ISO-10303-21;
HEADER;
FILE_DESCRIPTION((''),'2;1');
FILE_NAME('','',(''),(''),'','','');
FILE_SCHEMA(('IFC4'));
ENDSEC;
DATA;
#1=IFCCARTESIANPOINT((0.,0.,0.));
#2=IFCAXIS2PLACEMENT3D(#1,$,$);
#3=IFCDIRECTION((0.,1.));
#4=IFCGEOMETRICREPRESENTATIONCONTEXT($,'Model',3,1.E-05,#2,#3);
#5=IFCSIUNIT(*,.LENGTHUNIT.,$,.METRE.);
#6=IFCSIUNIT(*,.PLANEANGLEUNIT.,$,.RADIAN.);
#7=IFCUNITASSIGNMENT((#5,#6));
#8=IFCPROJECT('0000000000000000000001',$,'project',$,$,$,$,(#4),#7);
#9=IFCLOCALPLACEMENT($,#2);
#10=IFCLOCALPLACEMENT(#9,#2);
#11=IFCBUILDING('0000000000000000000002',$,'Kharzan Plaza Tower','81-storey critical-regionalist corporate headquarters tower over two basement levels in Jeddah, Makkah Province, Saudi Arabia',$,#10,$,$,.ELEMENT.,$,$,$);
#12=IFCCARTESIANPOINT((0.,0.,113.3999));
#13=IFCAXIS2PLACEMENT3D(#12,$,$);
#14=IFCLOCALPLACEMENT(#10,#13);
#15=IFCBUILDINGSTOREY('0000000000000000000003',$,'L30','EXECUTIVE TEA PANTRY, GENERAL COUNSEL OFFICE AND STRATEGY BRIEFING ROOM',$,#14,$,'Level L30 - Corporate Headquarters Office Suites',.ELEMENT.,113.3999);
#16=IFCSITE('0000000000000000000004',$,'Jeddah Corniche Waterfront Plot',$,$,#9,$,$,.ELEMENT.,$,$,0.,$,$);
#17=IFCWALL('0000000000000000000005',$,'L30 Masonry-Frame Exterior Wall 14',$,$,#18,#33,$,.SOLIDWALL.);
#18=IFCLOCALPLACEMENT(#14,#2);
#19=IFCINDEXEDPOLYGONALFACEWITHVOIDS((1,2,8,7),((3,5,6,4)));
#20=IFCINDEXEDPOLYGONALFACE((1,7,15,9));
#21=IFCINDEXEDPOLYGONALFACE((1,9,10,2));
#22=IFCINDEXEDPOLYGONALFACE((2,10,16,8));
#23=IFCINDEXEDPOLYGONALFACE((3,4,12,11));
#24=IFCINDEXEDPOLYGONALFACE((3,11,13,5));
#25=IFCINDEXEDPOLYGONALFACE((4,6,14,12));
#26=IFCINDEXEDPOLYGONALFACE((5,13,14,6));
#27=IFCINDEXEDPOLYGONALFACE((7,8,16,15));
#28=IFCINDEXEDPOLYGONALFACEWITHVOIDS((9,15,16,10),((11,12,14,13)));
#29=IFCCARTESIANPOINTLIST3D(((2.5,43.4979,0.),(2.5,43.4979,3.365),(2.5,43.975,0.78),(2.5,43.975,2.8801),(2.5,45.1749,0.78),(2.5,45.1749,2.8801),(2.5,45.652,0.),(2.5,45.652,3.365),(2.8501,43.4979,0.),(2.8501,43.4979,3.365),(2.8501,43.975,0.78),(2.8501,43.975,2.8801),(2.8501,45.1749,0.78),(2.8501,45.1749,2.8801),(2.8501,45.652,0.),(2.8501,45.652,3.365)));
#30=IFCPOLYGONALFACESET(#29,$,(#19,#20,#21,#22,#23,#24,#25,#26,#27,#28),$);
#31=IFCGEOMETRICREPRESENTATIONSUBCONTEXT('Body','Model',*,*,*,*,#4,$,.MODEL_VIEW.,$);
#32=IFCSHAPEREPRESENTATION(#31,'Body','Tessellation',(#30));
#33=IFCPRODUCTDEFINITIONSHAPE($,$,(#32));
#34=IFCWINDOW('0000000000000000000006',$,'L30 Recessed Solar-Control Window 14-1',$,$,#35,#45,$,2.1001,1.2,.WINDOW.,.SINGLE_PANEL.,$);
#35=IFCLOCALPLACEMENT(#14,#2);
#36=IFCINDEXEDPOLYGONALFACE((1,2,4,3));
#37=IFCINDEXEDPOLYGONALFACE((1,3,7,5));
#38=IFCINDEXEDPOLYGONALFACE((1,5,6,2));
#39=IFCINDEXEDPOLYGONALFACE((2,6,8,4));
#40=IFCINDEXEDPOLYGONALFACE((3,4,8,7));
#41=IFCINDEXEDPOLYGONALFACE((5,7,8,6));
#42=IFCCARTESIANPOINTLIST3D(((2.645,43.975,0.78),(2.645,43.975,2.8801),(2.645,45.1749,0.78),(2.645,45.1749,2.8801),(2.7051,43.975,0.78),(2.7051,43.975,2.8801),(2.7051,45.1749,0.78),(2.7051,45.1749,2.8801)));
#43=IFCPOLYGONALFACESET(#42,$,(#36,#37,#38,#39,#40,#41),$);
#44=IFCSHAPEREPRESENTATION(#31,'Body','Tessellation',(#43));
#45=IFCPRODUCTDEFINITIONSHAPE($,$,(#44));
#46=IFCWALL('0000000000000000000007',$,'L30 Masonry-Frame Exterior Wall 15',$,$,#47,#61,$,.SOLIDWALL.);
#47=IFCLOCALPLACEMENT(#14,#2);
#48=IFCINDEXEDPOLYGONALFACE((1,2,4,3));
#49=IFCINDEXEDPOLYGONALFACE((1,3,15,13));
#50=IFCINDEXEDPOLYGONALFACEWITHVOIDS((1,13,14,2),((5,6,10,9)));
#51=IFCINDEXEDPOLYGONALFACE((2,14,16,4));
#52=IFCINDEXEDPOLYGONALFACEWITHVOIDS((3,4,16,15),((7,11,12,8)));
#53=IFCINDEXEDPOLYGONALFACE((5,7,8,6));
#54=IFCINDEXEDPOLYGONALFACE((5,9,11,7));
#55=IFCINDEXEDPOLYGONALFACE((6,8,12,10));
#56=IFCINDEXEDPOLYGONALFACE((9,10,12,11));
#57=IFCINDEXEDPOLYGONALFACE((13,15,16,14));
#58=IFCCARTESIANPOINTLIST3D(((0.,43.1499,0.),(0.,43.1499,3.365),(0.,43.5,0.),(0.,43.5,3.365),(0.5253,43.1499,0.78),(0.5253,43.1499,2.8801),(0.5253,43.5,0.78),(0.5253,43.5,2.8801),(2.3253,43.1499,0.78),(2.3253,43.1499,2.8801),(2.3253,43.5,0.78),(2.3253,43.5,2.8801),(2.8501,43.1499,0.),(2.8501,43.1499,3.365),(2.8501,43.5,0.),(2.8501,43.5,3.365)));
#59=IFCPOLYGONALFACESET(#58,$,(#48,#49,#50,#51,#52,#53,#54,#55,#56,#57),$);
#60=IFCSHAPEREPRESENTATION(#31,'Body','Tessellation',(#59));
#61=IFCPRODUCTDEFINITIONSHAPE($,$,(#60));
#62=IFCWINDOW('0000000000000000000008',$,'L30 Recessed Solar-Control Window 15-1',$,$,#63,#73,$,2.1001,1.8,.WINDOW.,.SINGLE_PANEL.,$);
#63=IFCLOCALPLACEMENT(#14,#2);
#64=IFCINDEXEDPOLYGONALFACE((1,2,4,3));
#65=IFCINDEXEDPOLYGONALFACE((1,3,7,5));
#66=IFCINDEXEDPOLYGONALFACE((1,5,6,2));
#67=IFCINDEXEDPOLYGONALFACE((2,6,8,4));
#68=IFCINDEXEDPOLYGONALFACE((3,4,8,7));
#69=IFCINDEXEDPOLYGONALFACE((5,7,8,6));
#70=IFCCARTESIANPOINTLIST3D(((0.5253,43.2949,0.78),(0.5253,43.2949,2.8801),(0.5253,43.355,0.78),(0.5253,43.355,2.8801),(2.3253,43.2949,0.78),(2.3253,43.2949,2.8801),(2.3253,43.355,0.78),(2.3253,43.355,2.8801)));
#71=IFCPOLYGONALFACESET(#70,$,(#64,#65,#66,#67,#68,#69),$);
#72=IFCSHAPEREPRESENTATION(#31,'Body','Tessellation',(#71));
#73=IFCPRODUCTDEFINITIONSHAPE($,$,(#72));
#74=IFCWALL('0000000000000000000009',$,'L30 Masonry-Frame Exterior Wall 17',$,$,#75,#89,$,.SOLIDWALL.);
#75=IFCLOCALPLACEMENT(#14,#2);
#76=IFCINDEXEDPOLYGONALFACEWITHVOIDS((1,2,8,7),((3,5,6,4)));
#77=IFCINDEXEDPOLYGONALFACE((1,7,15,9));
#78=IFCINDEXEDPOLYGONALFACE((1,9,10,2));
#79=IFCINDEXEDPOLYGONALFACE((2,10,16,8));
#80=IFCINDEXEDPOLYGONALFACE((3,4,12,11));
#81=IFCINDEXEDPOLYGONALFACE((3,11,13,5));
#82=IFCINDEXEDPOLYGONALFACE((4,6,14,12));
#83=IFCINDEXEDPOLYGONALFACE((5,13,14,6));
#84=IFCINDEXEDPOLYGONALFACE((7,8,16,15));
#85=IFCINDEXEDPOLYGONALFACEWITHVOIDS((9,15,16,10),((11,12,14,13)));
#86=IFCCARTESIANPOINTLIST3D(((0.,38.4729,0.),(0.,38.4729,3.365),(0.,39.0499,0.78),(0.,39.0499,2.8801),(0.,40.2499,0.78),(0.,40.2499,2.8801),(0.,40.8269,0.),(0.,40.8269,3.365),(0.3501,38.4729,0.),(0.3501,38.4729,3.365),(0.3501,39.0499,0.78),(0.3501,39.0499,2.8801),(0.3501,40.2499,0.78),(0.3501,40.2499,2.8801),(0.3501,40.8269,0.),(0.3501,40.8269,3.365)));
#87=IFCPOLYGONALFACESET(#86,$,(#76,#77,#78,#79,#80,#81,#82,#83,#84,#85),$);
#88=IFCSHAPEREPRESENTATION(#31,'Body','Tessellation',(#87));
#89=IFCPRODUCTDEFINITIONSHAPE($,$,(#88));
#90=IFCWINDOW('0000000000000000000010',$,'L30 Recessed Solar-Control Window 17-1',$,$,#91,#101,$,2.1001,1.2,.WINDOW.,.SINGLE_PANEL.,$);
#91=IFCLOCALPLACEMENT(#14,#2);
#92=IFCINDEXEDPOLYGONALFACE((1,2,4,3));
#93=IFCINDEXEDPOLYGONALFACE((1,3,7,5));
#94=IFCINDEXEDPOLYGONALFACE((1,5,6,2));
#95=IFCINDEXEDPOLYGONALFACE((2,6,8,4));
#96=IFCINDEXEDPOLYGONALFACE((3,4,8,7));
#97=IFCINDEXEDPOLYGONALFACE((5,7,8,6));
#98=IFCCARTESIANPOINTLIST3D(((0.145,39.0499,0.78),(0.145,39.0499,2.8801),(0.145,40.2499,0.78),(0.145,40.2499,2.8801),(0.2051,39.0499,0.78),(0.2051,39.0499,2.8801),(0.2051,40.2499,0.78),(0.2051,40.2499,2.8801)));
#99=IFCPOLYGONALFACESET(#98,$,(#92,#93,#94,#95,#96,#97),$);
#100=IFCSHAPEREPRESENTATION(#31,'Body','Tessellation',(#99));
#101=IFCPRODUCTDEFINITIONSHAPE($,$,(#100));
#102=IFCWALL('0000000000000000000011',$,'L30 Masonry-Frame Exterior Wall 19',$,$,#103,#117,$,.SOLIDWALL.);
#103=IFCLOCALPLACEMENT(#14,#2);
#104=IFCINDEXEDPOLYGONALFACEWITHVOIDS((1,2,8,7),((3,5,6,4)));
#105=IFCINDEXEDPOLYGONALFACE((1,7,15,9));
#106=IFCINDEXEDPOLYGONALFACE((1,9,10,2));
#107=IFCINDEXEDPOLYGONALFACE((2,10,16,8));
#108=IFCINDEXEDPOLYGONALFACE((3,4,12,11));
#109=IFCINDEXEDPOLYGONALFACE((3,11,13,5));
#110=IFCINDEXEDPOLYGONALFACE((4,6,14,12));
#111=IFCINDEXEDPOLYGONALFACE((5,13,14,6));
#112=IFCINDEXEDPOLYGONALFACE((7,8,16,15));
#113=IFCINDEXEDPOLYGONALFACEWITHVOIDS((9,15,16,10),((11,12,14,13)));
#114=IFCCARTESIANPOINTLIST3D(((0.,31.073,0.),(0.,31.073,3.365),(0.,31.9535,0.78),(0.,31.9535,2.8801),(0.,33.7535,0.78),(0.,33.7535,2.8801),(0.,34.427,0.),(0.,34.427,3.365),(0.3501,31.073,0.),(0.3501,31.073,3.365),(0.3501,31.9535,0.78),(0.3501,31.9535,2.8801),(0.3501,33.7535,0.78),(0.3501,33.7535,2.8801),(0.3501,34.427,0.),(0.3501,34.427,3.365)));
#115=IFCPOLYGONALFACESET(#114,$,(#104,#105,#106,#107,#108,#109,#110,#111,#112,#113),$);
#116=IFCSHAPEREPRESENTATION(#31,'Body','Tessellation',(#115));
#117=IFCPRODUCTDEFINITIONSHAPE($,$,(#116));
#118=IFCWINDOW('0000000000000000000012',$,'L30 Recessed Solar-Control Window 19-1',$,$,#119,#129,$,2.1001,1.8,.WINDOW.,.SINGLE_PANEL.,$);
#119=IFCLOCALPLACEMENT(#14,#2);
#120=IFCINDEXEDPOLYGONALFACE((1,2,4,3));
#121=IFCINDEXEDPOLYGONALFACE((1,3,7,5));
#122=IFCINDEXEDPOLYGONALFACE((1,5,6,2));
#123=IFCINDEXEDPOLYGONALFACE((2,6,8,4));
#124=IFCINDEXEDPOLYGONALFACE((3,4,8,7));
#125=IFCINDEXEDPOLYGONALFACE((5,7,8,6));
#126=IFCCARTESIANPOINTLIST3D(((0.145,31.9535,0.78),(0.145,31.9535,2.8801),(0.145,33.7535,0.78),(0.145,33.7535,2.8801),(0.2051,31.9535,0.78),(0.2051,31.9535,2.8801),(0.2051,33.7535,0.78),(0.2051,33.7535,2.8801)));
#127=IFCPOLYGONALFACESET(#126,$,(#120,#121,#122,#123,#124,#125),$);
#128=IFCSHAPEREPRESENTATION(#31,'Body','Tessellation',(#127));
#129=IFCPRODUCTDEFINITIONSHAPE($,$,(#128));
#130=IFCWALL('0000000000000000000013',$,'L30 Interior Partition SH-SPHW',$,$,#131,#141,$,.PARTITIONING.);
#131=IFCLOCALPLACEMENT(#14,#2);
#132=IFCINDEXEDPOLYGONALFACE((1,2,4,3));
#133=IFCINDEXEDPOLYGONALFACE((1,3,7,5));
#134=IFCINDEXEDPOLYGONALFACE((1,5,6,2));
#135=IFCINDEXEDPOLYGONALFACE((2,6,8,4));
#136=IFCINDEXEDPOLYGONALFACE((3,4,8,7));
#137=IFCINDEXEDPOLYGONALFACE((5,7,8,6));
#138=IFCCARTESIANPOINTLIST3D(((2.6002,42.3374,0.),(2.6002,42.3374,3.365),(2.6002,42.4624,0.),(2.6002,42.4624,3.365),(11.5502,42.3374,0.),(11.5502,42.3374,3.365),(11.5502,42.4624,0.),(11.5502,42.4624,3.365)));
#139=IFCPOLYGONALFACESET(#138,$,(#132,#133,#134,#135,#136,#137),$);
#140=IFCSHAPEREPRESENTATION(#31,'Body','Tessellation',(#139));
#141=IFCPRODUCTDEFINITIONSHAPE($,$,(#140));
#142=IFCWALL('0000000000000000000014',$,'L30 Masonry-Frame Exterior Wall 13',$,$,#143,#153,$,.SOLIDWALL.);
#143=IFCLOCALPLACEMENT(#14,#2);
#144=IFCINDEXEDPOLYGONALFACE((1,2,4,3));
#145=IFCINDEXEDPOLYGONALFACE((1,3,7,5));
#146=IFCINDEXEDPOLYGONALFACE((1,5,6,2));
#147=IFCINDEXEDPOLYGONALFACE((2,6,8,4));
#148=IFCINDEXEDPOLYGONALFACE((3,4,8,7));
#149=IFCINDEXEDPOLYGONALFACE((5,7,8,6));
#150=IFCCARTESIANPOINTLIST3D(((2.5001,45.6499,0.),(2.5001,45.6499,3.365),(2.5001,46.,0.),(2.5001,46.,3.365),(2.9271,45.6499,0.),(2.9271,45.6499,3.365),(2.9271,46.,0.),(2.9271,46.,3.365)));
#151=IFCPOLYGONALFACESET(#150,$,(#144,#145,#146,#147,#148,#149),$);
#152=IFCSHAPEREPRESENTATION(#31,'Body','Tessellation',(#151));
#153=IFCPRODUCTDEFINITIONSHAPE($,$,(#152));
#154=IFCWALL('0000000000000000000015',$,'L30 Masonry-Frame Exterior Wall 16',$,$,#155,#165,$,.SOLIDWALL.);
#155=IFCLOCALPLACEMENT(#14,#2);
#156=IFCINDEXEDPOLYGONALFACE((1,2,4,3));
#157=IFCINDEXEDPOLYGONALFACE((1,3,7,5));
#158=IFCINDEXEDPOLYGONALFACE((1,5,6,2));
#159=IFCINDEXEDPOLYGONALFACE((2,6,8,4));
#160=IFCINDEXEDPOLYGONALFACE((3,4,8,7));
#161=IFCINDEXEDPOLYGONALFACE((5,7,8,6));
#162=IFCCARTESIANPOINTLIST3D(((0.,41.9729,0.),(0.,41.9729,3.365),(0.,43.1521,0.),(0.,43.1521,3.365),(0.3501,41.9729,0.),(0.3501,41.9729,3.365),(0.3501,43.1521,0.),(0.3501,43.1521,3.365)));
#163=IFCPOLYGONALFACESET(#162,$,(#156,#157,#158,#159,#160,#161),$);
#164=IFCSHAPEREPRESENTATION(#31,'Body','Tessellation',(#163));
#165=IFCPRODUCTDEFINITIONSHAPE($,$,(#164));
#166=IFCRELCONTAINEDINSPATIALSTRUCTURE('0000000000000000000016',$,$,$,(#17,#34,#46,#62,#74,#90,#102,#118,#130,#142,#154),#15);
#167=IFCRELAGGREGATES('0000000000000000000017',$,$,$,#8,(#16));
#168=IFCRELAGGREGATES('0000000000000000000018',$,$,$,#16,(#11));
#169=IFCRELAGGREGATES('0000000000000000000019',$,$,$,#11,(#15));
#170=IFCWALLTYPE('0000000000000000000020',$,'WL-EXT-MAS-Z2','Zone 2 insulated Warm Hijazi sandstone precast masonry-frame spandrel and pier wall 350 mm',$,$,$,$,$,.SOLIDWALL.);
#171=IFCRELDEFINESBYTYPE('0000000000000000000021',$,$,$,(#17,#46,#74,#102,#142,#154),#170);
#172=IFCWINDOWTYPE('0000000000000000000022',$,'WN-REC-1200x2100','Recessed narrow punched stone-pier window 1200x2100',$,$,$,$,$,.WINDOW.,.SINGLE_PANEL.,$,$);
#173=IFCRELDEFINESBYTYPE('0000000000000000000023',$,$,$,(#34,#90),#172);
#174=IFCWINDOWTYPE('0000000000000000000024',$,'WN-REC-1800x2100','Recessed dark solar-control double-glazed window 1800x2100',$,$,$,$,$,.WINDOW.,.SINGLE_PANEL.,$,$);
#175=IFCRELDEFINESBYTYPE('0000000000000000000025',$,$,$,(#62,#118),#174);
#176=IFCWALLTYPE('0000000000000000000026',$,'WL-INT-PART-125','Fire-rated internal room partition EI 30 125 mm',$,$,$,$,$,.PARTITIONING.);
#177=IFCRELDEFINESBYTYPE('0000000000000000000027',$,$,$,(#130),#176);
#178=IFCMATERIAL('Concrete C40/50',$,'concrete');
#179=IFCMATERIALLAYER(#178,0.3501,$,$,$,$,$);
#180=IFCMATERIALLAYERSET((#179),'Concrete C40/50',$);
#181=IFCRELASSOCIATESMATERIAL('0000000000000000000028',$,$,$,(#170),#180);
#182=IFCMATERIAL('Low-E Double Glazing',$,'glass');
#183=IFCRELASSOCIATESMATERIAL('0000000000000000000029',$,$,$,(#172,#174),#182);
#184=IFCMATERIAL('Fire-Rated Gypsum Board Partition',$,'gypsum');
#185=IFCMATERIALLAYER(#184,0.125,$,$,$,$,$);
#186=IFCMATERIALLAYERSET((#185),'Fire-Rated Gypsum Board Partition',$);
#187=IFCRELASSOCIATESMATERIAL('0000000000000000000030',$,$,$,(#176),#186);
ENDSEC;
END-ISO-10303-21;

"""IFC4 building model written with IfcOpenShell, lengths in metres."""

from ifc_helpers import new_model, si_unit, direction, frame, frame_2d, origin, place, context, subcontext, project, spatial, rectangle, extrude, source, transform, mapped, material, layer, layer_set, type_object, element, fill, save


model = new_model("IFC4")

# Units and contexts
model_context = context("Model", 3, precision=1e-05, world=origin(), true_north=direction((0.0, 1.0)))
body_context = subcontext(model_context, "Body", "Model", "MODEL_VIEW")
ifc_project = project(units=[si_unit("LENGTHUNIT", "METRE"), si_unit("PLANEANGLEUNIT", "RADIAN")], contexts=[model_context])

# Site, building, storey
site_placement = place(None, origin())
site = spatial("IfcSite", under=ifc_project, at=site_placement, Name="Jeddah Corniche Waterfront Plot", CompositionType="ELEMENT", RefElevation=0.0)
building_placement = place(site_placement, origin())
building = spatial("IfcBuilding", under=site, at=building_placement, Name="Kharzan Plaza Tower", Description="81-storey critical-regionalist corporate headquarters tower over two basement levels in Jeddah, Makkah Province, Saudi Arabia", CompositionType="ELEMENT")
storey_placement = place(building_placement, frame((0.0, 0.0, 113.3999)))
storey = spatial("IfcBuildingStorey", under=building, at=storey_placement, Name="L30", Description="EXECUTIVE TEA PANTRY, GENERAL COUNSEL OFFICE AND STRATEGY BRIEFING ROOM", LongName="Level L30 - Corporate Headquarters Office Suites", CompositionType="ELEMENT", Elevation=113.3999)

# Walls, openings, windows
ifc_material_1 = material(Name="Concrete C40/50", Category="concrete")
ifc_layer_1 = layer(ifc_material_1, 0.3501)
ifc_layer_set_1 = layer_set([ifc_layer_1], Name="Concrete C40/50")
wall_type_1 = type_object("IfcWallType", Name="WL-EXT-MAS-Z2", Description="Zone 2 insulated Warm Hijazi sandstone precast masonry-frame spandrel and pier wall 350 mm", PredefinedType="SOLIDWALL", material=ifc_layer_set_1)
wall_1_placement = place(storey_placement, frame((2.675, 45.6521, 0.0), z_axis=(0.0, 0.0, 1.0), x_axis=(0.0, -1.0, 0.0)))
wall_1 = element("IfcWall", 1, at=wall_1_placement, inside=storey, type_object=wall_type_1, Name="L30 Masonry-Frame Exterior Wall 14", PredefinedType="SOLIDWALL", context=body_context, shape_type="SweptSolid", body=[
    extrude(rectangle(XDim=2.1541, YDim=0.3501, at=frame_2d((1.0771, 0.0))), origin(), (0.0, 0.0, 1.0), 3.365),
])
opening_1_placement = place(wall_1_placement, frame((0.4771, 0.0, 0.78)))
opening_1 = element("IfcOpeningElement", 2, at=opening_1_placement, cuts=wall_1, PredefinedType="OPENING", context=body_context, shape_type="SweptSolid", body=[
    extrude(rectangle(XDim=1.2, YDim=2.1001, at=frame_2d((0.6001, 1.05))), frame((0.0, 0.1851, 0.0), z_axis=(0.0, -1.0, 0.0), x_axis=(1.0, 0.0, 0.0)), (0.0, 0.0, 1.0), 0.3701),
])
ifc_material_2 = material(Name="Low-E Double Glazing", Category="glass")
window_type_1 = type_object("IfcWindowType", Name="WN-REC-1200x2100", Description="Recessed narrow punched stone-pier window 1200x2100", PartitioningType="SINGLE_PANEL", PredefinedType="WINDOW", material=ifc_material_2)
shared_shape_1 = source(origin(), body_context, "Body", "SweptSolid", [
    extrude(rectangle(XDim=1.2, YDim=2.1001, at=frame_2d((0.6001, 1.05))), frame((0.0, 0.03, 0.0), z_axis=(0.0, -1.0, 0.0), x_axis=(1.0, 0.0, 0.0)), (0.0, 0.0, 1.0), 0.0601),
])
window_1_placement = place(opening_1_placement, origin())
window_1 = element("IfcWindow", 3, at=window_1_placement, inside=storey, type_object=window_type_1, Name="L30 Recessed Solar-Control Window 14-1", OverallHeight=2.1001, OverallWidth=1.2, PartitioningType="SINGLE_PANEL", PredefinedType="WINDOW", context=body_context, shape_type="MappedRepresentation", body=[
    mapped(shared_shape_1, transform((0.0, 0.0, 0.0), x_axis=(1.0, 0.0, 0.0), y_axis=(0.0, 1.0, 0.0), z_axis=(0.0, 0.0, 1.0))),
])
fill(opening_1, window_1)
wall_2_placement = place(storey_placement, frame((2.8501, 43.325, 0.0), z_axis=(0.0, 0.0, 1.0), x_axis=(-1.0, 0.0, 0.0)))
wall_2 = element("IfcWall", 4, at=wall_2_placement, inside=storey, type_object=wall_type_1, Name="L30 Masonry-Frame Exterior Wall 15", PredefinedType="SOLIDWALL", context=body_context, shape_type="SweptSolid", body=[
    extrude(rectangle(XDim=2.8501, YDim=0.3501, at=frame_2d((1.425, 0.0))), origin(), (0.0, 0.0, 1.0), 3.365),
])
opening_2_placement = place(wall_2_placement, frame((0.5249, 0.0, 0.78)))
opening_2 = element("IfcOpeningElement", 5, at=opening_2_placement, cuts=wall_2, PredefinedType="OPENING", context=body_context, shape_type="SweptSolid", body=[
    extrude(rectangle(XDim=1.8, YDim=2.1001, at=frame_2d((0.8999, 1.05))), frame((0.0, 0.1851, 0.0), z_axis=(0.0, -1.0, 0.0), x_axis=(1.0, 0.0, 0.0)), (0.0, 0.0, 1.0), 0.3701),
])
window_type_2 = type_object("IfcWindowType", Name="WN-REC-1800x2100", Description="Recessed dark solar-control double-glazed window 1800x2100", PartitioningType="SINGLE_PANEL", PredefinedType="WINDOW", material=ifc_material_2)
shared_shape_2 = source(origin(), body_context, "Body", "SweptSolid", [
    extrude(rectangle(XDim=1.8, YDim=2.1001, at=frame_2d((0.8999, 1.05))), frame((0.0, 0.03, 0.0), z_axis=(0.0, -1.0, 0.0), x_axis=(1.0, 0.0, 0.0)), (0.0, 0.0, 1.0), 0.0601),
])
window_2_placement = place(opening_2_placement, origin())
window_2 = element("IfcWindow", 6, at=window_2_placement, inside=storey, type_object=window_type_2, Name="L30 Recessed Solar-Control Window 15-1", OverallHeight=2.1001, OverallWidth=1.8, PartitioningType="SINGLE_PANEL", PredefinedType="WINDOW", context=body_context, shape_type="MappedRepresentation", body=[
    mapped(shared_shape_2, transform((0.0, 0.0, 0.0), x_axis=(1.0, 0.0, 0.0), y_axis=(0.0, 1.0, 0.0), z_axis=(0.0, 0.0, 1.0))),
])
fill(opening_2, window_2)
wall_3_placement = place(storey_placement, frame((0.175, 40.8269, 0.0), z_axis=(0.0, 0.0, 1.0), x_axis=(0.0, -1.0, 0.0)))
wall_3 = element("IfcWall", 7, at=wall_3_placement, inside=storey, type_object=wall_type_1, Name="L30 Masonry-Frame Exterior Wall 17", PredefinedType="SOLIDWALL", context=body_context, shape_type="SweptSolid", body=[
    extrude(rectangle(XDim=2.354, YDim=0.3501, at=frame_2d((1.177, 0.0))), origin(), (0.0, 0.0, 1.0), 3.365),
])
opening_3_placement = place(wall_3_placement, frame((0.5769, 0.0, 0.78)))
opening_3 = element("IfcOpeningElement", 8, at=opening_3_placement, cuts=wall_3, PredefinedType="OPENING", context=body_context, shape_type="SweptSolid", body=[
    extrude(rectangle(XDim=1.2, YDim=2.1001, at=frame_2d((0.6001, 1.05))), frame((0.0, 0.1851, 0.0), z_axis=(0.0, -1.0, 0.0), x_axis=(1.0, 0.0, 0.0)), (0.0, 0.0, 1.0), 0.3701),
])
window_3_placement = place(opening_3_placement, origin())
window_3 = element("IfcWindow", 9, at=window_3_placement, inside=storey, type_object=window_type_1, Name="L30 Recessed Solar-Control Window 17-1", OverallHeight=2.1001, OverallWidth=1.2, PartitioningType="SINGLE_PANEL", PredefinedType="WINDOW", context=body_context, shape_type="MappedRepresentation", body=[
    mapped(shared_shape_1, transform((0.0, 0.0, 0.0), x_axis=(1.0, 0.0, 0.0), y_axis=(0.0, 1.0, 0.0), z_axis=(0.0, 0.0, 1.0))),
])
fill(opening_3, window_3)
wall_4_placement = place(storey_placement, frame((0.175, 34.427, 0.0), z_axis=(0.0, 0.0, 1.0), x_axis=(0.0, -1.0, 0.0)))
wall_4 = element("IfcWall", 10, at=wall_4_placement, inside=storey, type_object=wall_type_1, Name="L30 Masonry-Frame Exterior Wall 19", PredefinedType="SOLIDWALL", context=body_context, shape_type="SweptSolid", body=[
    extrude(rectangle(XDim=3.354, YDim=0.3501, at=frame_2d((1.677, 0.0))), origin(), (0.0, 0.0, 1.0), 3.365),
])
opening_4_placement = place(wall_4_placement, frame((0.6736, 0.0, 0.78)))
opening_4 = element("IfcOpeningElement", 11, at=opening_4_placement, cuts=wall_4, PredefinedType="OPENING", context=body_context, shape_type="SweptSolid", body=[
    extrude(rectangle(XDim=1.8, YDim=2.1001, at=frame_2d((0.8999, 1.05))), frame((0.0, 0.1851, 0.0), z_axis=(0.0, -1.0, 0.0), x_axis=(1.0, 0.0, 0.0)), (0.0, 0.0, 1.0), 0.3701),
])
window_4_placement = place(opening_4_placement, origin())
window_4 = element("IfcWindow", 12, at=window_4_placement, inside=storey, type_object=window_type_2, Name="L30 Recessed Solar-Control Window 19-1", OverallHeight=2.1001, OverallWidth=1.8, PartitioningType="SINGLE_PANEL", PredefinedType="WINDOW", context=body_context, shape_type="MappedRepresentation", body=[
    mapped(shared_shape_2, transform((0.0, 0.0, 0.0), x_axis=(1.0, 0.0, 0.0), y_axis=(0.0, 1.0, 0.0), z_axis=(0.0, 0.0, 1.0))),
])
fill(opening_4, window_4)

# Walls
ifc_material_3 = material(Name="Fire-Rated Gypsum Board Partition", Category="gypsum")
ifc_layer_2 = layer(ifc_material_3, 0.125)
ifc_layer_set_2 = layer_set([ifc_layer_2], Name="Fire-Rated Gypsum Board Partition")
wall_type_2 = type_object("IfcWallType", Name="WL-INT-PART-125", Description="Fire-rated internal room partition EI 30 125 mm", PredefinedType="PARTITIONING", material=ifc_layer_set_2)
shared_shape_3 = source(origin(), body_context, "Body", "SweptSolid", [
    extrude(rectangle(XDim=8.95, YDim=0.125, at=frame_2d((4.4751, 0.0))), origin(), (0.0, 0.0, 1.0), 3.365),
])
wall_5_placement = place(storey_placement, frame((2.6001, 42.3999, 0.0), z_axis=(0.0, 0.0, 1.0), x_axis=(1.0, 0.0, 0.0)))
element("IfcWall", 13, at=wall_5_placement, inside=storey, type_object=wall_type_2, Name="L30 Interior Partition SH-SPHW", PredefinedType="PARTITIONING", context=body_context, shape_type="MappedRepresentation", body=[
    mapped(shared_shape_3, transform((0.0, 0.0, 0.0), x_axis=(1.0, 0.0, 0.0), y_axis=(0.0, 1.0, 0.0), z_axis=(0.0, 0.0, 1.0))),
])
shared_shape_4 = source(origin(), body_context, "Body", "SweptSolid", [
    extrude(rectangle(XDim=0.427, YDim=0.3501, at=frame_2d((0.2134, 0.0))), origin(), (0.0, 0.0, 1.0), 3.365),
])
wall_6_placement = place(storey_placement, frame((2.927, 45.825, 0.0), z_axis=(0.0, 0.0, 1.0), x_axis=(-1.0, 0.0, 0.0)))
element("IfcWall", 14, at=wall_6_placement, inside=storey, type_object=wall_type_1, Name="L30 Masonry-Frame Exterior Wall 13", PredefinedType="SOLIDWALL", context=body_context, shape_type="MappedRepresentation", body=[
    mapped(shared_shape_4, transform((0.0, 0.0, 0.0), x_axis=(1.0, 0.0, 0.0), y_axis=(0.0, 1.0, 0.0), z_axis=(0.0, 0.0, 1.0))),
])
shared_shape_5 = source(origin(), body_context, "Body", "SweptSolid", [
    extrude(rectangle(XDim=1.1792, YDim=0.3501, at=frame_2d((0.5896, 0.0))), origin(), (0.0, 0.0, 1.0), 3.365),
])
wall_7_placement = place(storey_placement, frame((0.175, 43.1521, 0.0), z_axis=(0.0, 0.0, 1.0), x_axis=(0.0, -1.0, 0.0)))
element("IfcWall", 15, at=wall_7_placement, inside=storey, type_object=wall_type_1, Name="L30 Masonry-Frame Exterior Wall 16", PredefinedType="SOLIDWALL", context=body_context, shape_type="MappedRepresentation", body=[
    mapped(shared_shape_5, transform((0.0, 0.0, 0.0), x_axis=(1.0, 0.0, 0.0), y_axis=(0.0, 1.0, 0.0), z_axis=(0.0, 0.0, 1.0))),
])

save(model, "model.ifc")
